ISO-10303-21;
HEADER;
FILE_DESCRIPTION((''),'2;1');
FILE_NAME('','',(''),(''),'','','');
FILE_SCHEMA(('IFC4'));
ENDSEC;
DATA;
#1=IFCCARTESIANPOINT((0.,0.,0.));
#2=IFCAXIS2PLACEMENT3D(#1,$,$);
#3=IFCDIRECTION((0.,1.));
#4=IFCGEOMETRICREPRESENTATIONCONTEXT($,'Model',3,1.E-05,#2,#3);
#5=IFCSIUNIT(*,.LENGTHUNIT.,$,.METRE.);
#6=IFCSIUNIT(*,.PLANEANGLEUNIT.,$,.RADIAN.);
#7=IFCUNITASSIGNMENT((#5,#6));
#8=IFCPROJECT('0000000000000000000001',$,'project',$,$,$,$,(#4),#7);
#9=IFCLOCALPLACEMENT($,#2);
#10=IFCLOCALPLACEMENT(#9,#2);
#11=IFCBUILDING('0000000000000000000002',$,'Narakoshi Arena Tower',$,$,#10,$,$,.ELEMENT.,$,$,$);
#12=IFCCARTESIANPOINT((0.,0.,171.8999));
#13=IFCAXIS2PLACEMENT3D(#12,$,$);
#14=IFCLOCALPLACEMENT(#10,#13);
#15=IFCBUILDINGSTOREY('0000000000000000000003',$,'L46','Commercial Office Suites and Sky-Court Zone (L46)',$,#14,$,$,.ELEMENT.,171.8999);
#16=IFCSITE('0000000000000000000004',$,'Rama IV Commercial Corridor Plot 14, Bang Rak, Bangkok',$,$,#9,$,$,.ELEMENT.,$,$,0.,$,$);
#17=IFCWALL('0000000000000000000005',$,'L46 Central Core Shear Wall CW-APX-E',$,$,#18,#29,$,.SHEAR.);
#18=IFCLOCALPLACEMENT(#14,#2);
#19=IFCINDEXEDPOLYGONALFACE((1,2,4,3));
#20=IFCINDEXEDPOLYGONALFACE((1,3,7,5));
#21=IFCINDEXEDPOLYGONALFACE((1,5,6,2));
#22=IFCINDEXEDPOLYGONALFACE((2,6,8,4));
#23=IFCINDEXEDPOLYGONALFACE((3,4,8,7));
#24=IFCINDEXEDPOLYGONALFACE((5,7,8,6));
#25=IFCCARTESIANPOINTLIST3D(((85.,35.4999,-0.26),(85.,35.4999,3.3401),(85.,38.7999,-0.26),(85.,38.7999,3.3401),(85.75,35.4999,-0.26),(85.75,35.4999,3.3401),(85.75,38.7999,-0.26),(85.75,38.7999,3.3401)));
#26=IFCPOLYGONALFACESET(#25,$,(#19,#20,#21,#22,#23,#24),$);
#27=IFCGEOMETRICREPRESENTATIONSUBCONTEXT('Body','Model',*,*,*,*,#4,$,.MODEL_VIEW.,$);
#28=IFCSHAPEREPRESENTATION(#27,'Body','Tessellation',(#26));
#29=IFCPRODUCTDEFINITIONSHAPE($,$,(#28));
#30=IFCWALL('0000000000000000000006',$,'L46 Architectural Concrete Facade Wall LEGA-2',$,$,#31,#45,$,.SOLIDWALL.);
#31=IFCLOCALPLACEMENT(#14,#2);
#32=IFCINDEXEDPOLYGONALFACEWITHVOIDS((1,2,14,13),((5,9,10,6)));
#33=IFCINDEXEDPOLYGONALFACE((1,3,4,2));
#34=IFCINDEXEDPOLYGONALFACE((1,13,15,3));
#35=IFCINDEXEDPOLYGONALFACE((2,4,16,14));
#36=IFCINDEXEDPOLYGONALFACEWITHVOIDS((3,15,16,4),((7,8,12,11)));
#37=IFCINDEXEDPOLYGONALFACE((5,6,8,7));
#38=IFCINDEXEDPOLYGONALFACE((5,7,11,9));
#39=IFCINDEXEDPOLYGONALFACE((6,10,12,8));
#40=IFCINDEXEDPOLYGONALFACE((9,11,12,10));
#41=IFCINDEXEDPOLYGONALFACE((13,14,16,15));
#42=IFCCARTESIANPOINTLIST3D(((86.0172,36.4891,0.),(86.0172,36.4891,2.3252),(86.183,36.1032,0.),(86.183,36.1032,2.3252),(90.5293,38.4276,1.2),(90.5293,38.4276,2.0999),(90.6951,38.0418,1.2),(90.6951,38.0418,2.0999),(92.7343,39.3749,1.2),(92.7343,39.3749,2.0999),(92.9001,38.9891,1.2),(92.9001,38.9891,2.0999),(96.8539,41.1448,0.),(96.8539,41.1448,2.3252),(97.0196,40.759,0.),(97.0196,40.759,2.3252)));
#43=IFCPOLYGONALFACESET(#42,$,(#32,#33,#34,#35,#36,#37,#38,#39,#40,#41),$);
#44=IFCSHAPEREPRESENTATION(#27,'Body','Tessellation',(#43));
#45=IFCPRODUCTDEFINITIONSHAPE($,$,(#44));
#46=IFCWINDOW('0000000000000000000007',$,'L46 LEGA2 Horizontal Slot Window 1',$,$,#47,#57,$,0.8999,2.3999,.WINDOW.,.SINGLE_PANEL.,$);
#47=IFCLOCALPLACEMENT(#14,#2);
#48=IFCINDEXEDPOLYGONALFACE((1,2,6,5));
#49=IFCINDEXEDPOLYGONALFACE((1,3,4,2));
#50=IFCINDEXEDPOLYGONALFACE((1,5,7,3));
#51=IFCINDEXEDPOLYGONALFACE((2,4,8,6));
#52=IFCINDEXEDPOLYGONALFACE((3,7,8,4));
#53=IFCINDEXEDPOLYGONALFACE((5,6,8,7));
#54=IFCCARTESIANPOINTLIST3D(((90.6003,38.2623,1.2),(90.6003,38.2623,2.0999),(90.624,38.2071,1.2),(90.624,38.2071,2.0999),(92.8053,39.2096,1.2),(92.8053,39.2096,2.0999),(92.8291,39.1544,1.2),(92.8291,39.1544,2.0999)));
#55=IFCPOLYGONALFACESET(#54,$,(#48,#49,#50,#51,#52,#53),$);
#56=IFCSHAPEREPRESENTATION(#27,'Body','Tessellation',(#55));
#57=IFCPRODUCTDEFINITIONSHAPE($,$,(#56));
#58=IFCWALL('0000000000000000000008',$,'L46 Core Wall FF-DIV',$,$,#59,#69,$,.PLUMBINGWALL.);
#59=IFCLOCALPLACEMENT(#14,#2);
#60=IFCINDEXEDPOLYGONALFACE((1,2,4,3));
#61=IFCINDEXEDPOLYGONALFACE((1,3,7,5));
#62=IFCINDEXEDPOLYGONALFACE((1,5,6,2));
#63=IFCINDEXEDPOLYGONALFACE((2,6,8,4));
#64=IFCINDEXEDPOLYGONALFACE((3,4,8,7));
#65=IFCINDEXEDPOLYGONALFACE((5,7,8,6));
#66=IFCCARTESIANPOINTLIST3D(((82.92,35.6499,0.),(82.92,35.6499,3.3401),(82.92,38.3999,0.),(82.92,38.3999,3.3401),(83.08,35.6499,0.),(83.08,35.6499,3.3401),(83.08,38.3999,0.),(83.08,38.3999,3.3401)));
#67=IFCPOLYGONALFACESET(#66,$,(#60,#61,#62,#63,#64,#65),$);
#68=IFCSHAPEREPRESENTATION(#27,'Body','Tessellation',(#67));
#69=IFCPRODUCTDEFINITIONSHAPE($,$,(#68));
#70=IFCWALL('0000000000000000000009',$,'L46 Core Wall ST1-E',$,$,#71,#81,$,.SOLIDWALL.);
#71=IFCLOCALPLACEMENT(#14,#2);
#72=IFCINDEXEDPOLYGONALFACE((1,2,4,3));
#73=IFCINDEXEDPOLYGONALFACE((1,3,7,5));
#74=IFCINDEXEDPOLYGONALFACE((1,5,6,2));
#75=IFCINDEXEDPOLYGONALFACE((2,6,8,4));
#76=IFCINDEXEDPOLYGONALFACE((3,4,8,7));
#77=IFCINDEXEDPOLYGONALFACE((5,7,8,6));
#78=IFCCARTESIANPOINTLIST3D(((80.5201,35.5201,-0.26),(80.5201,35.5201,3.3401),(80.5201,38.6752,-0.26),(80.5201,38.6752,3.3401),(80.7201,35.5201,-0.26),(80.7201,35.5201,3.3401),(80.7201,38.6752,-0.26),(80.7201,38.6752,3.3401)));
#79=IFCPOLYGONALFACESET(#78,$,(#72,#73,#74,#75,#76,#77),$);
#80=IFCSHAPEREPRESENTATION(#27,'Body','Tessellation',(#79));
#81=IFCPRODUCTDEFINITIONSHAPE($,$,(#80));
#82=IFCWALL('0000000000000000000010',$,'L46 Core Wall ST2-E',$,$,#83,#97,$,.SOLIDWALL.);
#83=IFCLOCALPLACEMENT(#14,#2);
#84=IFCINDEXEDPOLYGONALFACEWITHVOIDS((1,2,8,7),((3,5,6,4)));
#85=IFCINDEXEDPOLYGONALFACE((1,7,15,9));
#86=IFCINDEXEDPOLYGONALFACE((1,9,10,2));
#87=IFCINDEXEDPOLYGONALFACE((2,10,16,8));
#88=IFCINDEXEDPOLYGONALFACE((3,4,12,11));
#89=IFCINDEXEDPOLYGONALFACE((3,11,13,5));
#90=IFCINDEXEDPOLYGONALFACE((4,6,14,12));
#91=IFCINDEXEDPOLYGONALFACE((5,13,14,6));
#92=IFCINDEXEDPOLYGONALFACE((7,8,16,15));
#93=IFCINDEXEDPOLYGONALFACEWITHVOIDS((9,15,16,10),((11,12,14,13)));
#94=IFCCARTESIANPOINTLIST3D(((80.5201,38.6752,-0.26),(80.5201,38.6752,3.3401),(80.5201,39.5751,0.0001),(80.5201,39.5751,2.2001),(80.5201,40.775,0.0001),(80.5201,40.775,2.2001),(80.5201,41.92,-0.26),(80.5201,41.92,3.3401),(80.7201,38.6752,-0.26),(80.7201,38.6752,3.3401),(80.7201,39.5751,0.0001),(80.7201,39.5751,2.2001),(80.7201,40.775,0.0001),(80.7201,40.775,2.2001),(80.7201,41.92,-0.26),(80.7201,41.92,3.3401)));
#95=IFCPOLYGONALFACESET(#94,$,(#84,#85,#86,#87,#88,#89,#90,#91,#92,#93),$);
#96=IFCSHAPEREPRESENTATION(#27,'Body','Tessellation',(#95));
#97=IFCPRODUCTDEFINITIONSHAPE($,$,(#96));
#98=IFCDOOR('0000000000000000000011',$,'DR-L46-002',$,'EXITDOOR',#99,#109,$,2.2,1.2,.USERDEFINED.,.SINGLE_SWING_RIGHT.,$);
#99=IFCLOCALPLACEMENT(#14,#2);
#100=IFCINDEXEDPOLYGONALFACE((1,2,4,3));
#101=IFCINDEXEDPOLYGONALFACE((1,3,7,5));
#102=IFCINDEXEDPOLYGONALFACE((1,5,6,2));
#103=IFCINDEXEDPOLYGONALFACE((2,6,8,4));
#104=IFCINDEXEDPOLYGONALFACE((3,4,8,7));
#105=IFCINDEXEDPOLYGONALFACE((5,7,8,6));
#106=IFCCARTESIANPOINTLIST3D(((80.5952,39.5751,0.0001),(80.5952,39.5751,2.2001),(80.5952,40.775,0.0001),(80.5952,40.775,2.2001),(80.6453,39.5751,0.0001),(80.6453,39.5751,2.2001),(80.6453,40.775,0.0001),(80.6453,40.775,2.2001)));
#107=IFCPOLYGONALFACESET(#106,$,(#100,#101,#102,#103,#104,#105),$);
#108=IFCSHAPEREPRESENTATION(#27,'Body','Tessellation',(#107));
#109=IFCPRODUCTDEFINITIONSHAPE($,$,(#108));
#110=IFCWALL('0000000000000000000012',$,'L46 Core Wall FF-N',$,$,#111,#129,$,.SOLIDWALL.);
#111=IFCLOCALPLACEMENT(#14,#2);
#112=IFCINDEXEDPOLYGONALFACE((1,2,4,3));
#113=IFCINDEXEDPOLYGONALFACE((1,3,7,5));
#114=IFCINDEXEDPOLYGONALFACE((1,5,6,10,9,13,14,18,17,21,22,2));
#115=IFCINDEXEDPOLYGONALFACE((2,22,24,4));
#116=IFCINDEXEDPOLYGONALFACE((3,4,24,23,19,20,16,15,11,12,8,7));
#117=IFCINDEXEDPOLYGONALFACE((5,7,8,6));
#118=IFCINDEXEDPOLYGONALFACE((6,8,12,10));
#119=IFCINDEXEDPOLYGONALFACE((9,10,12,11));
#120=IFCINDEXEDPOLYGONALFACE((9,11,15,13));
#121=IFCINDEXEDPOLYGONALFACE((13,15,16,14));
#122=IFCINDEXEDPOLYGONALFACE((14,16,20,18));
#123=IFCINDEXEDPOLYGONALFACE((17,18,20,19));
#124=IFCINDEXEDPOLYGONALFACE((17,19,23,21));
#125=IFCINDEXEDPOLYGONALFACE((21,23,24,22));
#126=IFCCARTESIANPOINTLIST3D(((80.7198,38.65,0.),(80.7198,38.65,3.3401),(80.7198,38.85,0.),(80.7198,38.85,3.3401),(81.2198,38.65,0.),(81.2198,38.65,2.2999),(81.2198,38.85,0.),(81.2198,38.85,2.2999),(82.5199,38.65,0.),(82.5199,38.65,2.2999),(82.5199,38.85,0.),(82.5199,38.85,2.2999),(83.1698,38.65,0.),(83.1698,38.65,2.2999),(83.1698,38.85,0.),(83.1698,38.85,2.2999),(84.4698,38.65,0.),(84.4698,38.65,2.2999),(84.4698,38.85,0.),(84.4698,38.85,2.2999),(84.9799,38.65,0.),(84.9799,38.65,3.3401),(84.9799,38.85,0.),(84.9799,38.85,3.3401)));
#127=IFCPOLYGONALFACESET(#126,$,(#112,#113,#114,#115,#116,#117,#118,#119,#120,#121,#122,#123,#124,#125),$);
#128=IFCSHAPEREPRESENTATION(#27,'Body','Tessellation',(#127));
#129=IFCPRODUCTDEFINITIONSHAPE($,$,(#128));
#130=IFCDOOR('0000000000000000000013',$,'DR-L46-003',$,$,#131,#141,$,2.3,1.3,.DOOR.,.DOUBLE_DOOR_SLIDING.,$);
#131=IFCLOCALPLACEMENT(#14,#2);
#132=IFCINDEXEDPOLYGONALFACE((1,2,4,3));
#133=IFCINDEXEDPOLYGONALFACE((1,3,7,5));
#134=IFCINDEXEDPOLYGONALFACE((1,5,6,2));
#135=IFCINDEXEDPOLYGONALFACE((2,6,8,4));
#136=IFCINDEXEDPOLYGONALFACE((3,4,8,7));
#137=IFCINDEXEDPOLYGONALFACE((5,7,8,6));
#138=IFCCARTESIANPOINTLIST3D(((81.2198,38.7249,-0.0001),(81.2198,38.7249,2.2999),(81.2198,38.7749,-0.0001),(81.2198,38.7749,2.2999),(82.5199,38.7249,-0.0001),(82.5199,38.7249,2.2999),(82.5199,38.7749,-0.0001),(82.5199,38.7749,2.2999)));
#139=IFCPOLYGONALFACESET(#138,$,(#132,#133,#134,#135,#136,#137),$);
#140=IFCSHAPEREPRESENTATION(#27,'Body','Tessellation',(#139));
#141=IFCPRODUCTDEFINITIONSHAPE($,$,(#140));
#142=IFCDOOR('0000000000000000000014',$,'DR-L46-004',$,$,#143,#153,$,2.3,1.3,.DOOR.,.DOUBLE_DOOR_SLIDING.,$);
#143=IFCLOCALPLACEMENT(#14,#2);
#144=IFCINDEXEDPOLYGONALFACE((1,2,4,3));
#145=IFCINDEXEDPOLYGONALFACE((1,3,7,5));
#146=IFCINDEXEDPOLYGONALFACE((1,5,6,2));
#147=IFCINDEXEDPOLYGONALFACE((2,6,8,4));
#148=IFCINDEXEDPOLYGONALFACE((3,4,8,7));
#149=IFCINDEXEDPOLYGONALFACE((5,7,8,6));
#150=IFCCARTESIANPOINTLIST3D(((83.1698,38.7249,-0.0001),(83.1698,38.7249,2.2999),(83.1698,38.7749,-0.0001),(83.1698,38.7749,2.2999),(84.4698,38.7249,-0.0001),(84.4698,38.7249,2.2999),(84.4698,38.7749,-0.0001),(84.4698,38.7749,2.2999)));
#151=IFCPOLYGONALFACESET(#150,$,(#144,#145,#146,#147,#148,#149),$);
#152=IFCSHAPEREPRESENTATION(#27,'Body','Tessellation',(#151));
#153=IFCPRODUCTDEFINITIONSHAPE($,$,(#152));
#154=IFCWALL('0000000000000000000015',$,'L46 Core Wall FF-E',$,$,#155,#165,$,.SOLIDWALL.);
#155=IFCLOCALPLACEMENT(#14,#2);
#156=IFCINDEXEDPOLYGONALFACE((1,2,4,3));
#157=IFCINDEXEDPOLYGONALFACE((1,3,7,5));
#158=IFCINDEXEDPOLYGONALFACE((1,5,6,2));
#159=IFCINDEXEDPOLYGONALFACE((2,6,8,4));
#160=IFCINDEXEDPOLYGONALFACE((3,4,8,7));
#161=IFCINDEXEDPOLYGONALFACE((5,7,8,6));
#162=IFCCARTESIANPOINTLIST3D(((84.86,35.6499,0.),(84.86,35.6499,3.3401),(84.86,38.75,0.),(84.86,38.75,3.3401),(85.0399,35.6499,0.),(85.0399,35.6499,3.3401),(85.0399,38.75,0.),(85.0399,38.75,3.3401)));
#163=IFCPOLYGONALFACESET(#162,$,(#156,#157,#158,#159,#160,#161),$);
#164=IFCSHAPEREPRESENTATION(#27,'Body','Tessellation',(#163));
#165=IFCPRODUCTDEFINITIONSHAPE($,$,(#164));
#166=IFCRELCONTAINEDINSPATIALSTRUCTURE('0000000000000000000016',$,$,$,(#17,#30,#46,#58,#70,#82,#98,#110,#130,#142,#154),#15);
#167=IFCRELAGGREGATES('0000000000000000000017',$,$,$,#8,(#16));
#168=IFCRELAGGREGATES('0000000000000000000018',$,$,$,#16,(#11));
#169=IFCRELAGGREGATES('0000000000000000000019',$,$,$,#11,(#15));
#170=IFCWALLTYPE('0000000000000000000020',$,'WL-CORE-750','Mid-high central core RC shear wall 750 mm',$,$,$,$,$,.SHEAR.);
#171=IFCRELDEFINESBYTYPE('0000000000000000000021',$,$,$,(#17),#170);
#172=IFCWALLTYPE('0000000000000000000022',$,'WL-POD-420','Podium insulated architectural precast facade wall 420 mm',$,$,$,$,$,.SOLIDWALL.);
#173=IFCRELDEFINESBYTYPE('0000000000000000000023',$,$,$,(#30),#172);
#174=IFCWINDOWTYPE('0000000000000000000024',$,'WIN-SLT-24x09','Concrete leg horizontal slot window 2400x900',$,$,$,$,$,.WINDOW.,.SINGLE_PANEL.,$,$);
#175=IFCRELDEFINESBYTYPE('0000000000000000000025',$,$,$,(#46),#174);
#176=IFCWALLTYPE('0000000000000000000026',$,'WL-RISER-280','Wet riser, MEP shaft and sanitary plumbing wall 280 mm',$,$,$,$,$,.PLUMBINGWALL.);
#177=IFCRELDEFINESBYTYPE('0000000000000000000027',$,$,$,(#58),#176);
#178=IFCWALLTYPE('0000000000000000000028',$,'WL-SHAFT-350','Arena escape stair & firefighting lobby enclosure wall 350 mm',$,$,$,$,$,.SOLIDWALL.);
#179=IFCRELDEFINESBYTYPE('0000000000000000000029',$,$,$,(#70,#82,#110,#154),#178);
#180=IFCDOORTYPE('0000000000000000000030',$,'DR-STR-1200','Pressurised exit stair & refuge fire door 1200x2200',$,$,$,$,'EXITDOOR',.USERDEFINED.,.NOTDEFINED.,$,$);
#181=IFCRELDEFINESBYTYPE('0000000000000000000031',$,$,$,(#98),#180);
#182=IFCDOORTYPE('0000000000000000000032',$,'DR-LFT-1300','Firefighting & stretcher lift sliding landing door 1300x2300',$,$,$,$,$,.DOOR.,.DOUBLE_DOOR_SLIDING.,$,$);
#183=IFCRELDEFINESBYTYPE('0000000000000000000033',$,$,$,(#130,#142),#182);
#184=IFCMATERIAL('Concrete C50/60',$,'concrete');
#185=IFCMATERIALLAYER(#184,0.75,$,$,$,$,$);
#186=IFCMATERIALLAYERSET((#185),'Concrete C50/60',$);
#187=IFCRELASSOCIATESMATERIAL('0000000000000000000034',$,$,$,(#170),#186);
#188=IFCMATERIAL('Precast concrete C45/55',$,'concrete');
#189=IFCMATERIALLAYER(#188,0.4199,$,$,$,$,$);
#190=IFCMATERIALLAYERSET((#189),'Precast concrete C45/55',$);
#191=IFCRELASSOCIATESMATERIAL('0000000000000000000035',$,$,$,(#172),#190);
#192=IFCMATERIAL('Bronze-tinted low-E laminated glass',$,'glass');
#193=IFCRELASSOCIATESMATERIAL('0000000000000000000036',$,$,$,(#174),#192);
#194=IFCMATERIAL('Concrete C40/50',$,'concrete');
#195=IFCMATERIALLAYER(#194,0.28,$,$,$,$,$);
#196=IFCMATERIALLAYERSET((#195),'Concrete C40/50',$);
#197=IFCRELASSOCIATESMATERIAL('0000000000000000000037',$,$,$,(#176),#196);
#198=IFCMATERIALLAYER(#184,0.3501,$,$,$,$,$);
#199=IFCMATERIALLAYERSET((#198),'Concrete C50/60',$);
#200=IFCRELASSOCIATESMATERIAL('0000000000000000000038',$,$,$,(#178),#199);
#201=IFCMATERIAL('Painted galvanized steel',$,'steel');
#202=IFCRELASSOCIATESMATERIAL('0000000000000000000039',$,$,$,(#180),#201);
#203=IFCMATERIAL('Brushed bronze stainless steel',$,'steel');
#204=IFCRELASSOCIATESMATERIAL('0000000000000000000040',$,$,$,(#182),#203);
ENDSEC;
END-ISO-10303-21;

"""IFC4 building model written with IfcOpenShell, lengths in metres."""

from ifc_helpers import new_model, si_unit, direction, frame, frame_2d, origin, place, context, subcontext, project, spatial, rectangle, extrude, material, layer, layer_set, type_object, element, fill, save


model = new_model("IFC4")

# Units and contexts
model_context = context("Model", 3, precision=1e-05, world=origin(), true_north=direction((0.0, 1.0)))
body_context = subcontext(model_context, "Body", "Model", "MODEL_VIEW")
ifc_project = project(units=[si_unit("LENGTHUNIT", "METRE"), si_unit("PLANEANGLEUNIT", "RADIAN")], contexts=[model_context])

# Site, building, storey
site_placement = place(None, origin())
site = spatial("IfcSite", under=ifc_project, at=site_placement, Name="Rama IV Commercial Corridor Plot 14, Bang Rak, Bangkok", CompositionType="ELEMENT", RefElevation=0.0)
building_placement = place(site_placement, origin())
building = spatial("IfcBuilding", under=site, at=building_placement, Name="Narakoshi Arena Tower", CompositionType="ELEMENT")
storey_placement = place(building_placement, frame((0.0, 0.0, 171.8999)))
storey = spatial("IfcBuildingStorey", under=building, at=storey_placement, Name="L46", Description="Commercial Office Suites and Sky-Court Zone (L46)", CompositionType="ELEMENT", Elevation=171.8999)

# Wall
ifc_material_1 = material(Name="Concrete C50/60", Category="concrete")
ifc_layer_1 = layer(ifc_material_1, 0.75)
ifc_layer_set_1 = layer_set([ifc_layer_1], Name="Concrete C50/60")
wall_type_1 = type_object("IfcWallType", Name="WL-CORE-750", Description="Mid-high central core RC shear wall 750 mm", PredefinedType="SHEAR", material=ifc_layer_set_1)
wall_1_placement = place(storey_placement, frame((85.375, 35.5, -0.26), z_axis=(0.0, 0.0, 1.0), x_axis=(0.0, 1.0, 0.0)))
element("IfcWall", 1, at=wall_1_placement, inside=storey, type_object=wall_type_1, Name="L46 Central Core Shear Wall CW-APX-E", PredefinedType="SHEAR", context=body_context, shape_type="SweptSolid", body=[
    extrude(rectangle(XDim=3.3, YDim=0.75, at=frame_2d((1.6499, 0.0))), origin(), (0.0, 0.0, 1.0), 3.6001),
])

# Wall, opening, window
ifc_material_2 = material(Name="Precast concrete C45/55", Category="concrete")
ifc_layer_2 = layer(ifc_material_2, 0.4199)
ifc_layer_set_2 = layer_set([ifc_layer_2], Name="Precast concrete C45/55")
wall_type_2 = type_object("IfcWallType", Name="WL-POD-420", Description="Podium insulated architectural precast facade wall 420 mm", PredefinedType="SOLIDWALL", material=ifc_layer_set_2)
wall_2_placement = place(storey_placement, frame((86.1001, 36.2961, 0.0), z_axis=(0.0, 0.0, 1.0), x_axis=(0.918792, 0.394741, 0.0)))
wall_2 = element("IfcWall", 2, at=wall_2_placement, inside=storey, type_object=wall_type_2, Name="L46 Architectural Concrete Facade Wall LEGA-2", PredefinedType="SOLIDWALL", context=body_context, shape_type="SweptSolid", body=[
    extrude(rectangle(XDim=11.7944, YDim=0.4199, at=frame_2d((5.8972, 0.0))), origin(), (0.0, 0.0, 1.0), 2.3252),
])
opening_1_placement = place(wall_2_placement, frame((4.9109, 0.0, 1.2)))
opening_1 = element("IfcOpeningElement", 3, at=opening_1_placement, cuts=wall_2, PredefinedType="OPENING", context=body_context, shape_type="SweptSolid", body=[
    extrude(rectangle(XDim=2.3999, YDim=0.8999, at=frame_2d((1.2, 0.45))), frame((0.0, 0.22, 0.0), z_axis=(0.0, -1.0, 0.0), x_axis=(1.0, 0.0, 0.0)), (0.0, 0.0, 1.0), 0.4399),
])
ifc_material_3 = material(Name="Bronze-tinted low-E laminated glass", Category="glass")
window_type = type_object("IfcWindowType", Name="WIN-SLT-24x09", Description="Concrete leg horizontal slot window 2400x900", PartitioningType="SINGLE_PANEL", PredefinedType="WINDOW", material=ifc_material_3)
window_placement = place(opening_1_placement, origin())
window = element("IfcWindow", 4, at=window_placement, inside=storey, type_object=window_type, Name="L46 LEGA2 Horizontal Slot Window 1", OverallHeight=0.8999, OverallWidth=2.3999, PartitioningType="SINGLE_PANEL", PredefinedType="WINDOW", context=body_context, shape_type="SweptSolid", body=[
    extrude(rectangle(XDim=2.3999, YDim=0.8999, at=frame_2d((1.2, 0.45))), frame((0.0, 0.03, 0.0), z_axis=(0.0, -1.0, 0.0), x_axis=(1.0, 0.0, 0.0)), (0.0, 0.0, 1.0), 0.0601),
])
fill(opening_1, window)

# Walls
ifc_material_4 = material(Name="Concrete C40/50", Category="concrete")
ifc_layer_3 = layer(ifc_material_4, 0.28)
ifc_layer_set_3 = layer_set([ifc_layer_3], Name="Concrete C40/50")
wall_type_3 = type_object("IfcWallType", Name="WL-RISER-280", Description="Wet riser, MEP shaft and sanitary plumbing wall 280 mm", PredefinedType="PLUMBINGWALL", material=ifc_layer_set_3)
wall_3_placement = place(storey_placement, frame((83.0, 35.6499, 0.0), z_axis=(0.0, 0.0, 1.0), x_axis=(0.0, 1.0, 0.0)))
element("IfcWall", 5, at=wall_3_placement, inside=storey, type_object=wall_type_3, Name="L46 Core Wall FF-DIV", PredefinedType="PLUMBINGWALL", context=body_context, shape_type="SweptSolid", body=[
    extrude(rectangle(XDim=2.75, YDim=0.1599, at=frame_2d((1.375, 0.0))), origin(), (0.0, 0.0, 1.0), 3.3401),
])
ifc_layer_4 = layer(ifc_material_1, 0.3501)
ifc_layer_set_4 = layer_set([ifc_layer_4], Name="Concrete C50/60")
wall_type_4 = type_object("IfcWallType", Name="WL-SHAFT-350", Description="Arena escape stair & firefighting lobby enclosure wall 350 mm", PredefinedType="SOLIDWALL", material=ifc_layer_set_4)
wall_4_placement = place(storey_placement, frame((80.6201, 35.52, -0.26), z_axis=(0.0, 0.0, 1.0), x_axis=(0.0, 1.0, 0.0)))
element("IfcWall", 6, at=wall_4_placement, inside=storey, type_object=wall_type_4, Name="L46 Core Wall ST1-E", PredefinedType="SOLIDWALL", context=body_context, shape_type="SweptSolid", body=[
    extrude(rectangle(XDim=3.155, YDim=0.2, at=frame_2d((1.5776, 0.0))), origin(), (0.0, 0.0, 1.0), 3.6001),
])

# Wall, opening, door
wall_5_placement = place(storey_placement, frame((80.6201, 38.675, -0.26), z_axis=(0.0, 0.0, 1.0), x_axis=(0.0, 1.0, 0.0)))
wall_5 = element("IfcWall", 7, at=wall_5_placement, inside=storey, type_object=wall_type_4, Name="L46 Core Wall ST2-E", PredefinedType="SOLIDWALL", context=body_context, shape_type="SweptSolid", body=[
    extrude(rectangle(XDim=3.2449, YDim=0.2, at=frame_2d((1.6226, 0.0))), origin(), (0.0, 0.0, 1.0), 3.6001),
])
opening_2_placement = place(wall_5_placement, frame((0.8999, 0.0, 0.26)))
opening_2 = element("IfcOpeningElement", 8, at=opening_2_placement, cuts=wall_5, PredefinedType="OPENING", context=body_context, shape_type="SweptSolid", body=[
    extrude(rectangle(XDim=1.2, YDim=2.2, at=frame_2d((0.6001, 1.1001))), frame((0.0, 0.1099, 0.0), z_axis=(0.0, -1.0, 0.0), x_axis=(1.0, 0.0, 0.0)), (0.0, 0.0, 1.0), 0.22),
])
ifc_material_5 = material(Name="Painted galvanized steel", Category="steel")
door_type_1 = type_object("IfcDoorType", Name="DR-STR-1200", Description="Pressurised exit stair & refuge fire door 1200x2200", ElementType="EXITDOOR", OperationType="NOTDEFINED", PredefinedType="USERDEFINED", material=ifc_material_5)
door_1_placement = place(opening_2_placement, origin())
door_1 = element("IfcDoor", 9, at=door_1_placement, inside=storey, type_object=door_type_1, Name="DR-L46-002", ObjectType="EXITDOOR", OperationType="SINGLE_SWING_RIGHT", OverallHeight=2.2, OverallWidth=1.2, PredefinedType="USERDEFINED", context=body_context, shape_type="SweptSolid", body=[
    extrude(rectangle(XDim=1.2, YDim=2.2, at=frame_2d((0.6001, 1.1001))), frame((0.0, 0.0249, 0.0), z_axis=(0.0, -1.0, 0.0), x_axis=(1.0, 0.0, 0.0)), (0.0, 0.0, 1.0), 0.05),
])
fill(opening_2, door_1)

# Wall, openings, doors
wall_6_placement = place(storey_placement, frame((80.72, 38.75, 0.0), z_axis=(0.0, 0.0, 1.0), x_axis=(1.0, 0.0, 0.0)))
wall_6 = element("IfcWall", 10, at=wall_6_placement, inside=storey, type_object=wall_type_4, Name="L46 Core Wall FF-N", PredefinedType="SOLIDWALL", context=body_context, shape_type="SweptSolid", body=[
    extrude(rectangle(XDim=4.26, YDim=0.2, at=frame_2d((2.1299, 0.0))), origin(), (0.0, 0.0, 1.0), 3.3401),
])
opening_3_placement = place(wall_6_placement, frame((0.5, 0.0, 0.0)))
opening_3 = element("IfcOpeningElement", 11, at=opening_3_placement, cuts=wall_6, PredefinedType="OPENING", context=body_context, shape_type="SweptSolid", body=[
    extrude(rectangle(XDim=1.3, YDim=2.3, at=frame_2d((0.6499, 1.1499))), frame((0.0, 0.1099, 0.0), z_axis=(0.0, -1.0, 0.0), x_axis=(1.0, 0.0, 0.0)), (0.0, 0.0, 1.0), 0.22),
])
opening_4_placement = place(wall_6_placement, frame((2.45, 0.0, 0.0)))
opening_4 = element("IfcOpeningElement", 12, at=opening_4_placement, cuts=wall_6, PredefinedType="OPENING", context=body_context, shape_type="SweptSolid", body=[
    extrude(rectangle(XDim=1.3, YDim=2.3, at=frame_2d((0.6499, 1.1499))), frame((0.0, 0.1099, 0.0), z_axis=(0.0, -1.0, 0.0), x_axis=(1.0, 0.0, 0.0)), (0.0, 0.0, 1.0), 0.22),
])
ifc_material_6 = material(Name="Brushed bronze stainless steel", Category="steel")
door_type_2 = type_object("IfcDoorType", Name="DR-LFT-1300", Description="Firefighting & stretcher lift sliding landing door 1300x2300", OperationType="DOUBLE_DOOR_SLIDING", PredefinedType="DOOR", material=ifc_material_6)
door_2_placement = place(opening_3_placement, origin())
door_2 = element("IfcDoor", 13, at=door_2_placement, inside=storey, type_object=door_type_2, Name="DR-L46-003", OperationType="DOUBLE_DOOR_SLIDING", OverallHeight=2.3, OverallWidth=1.3, PredefinedType="DOOR", context=body_context, shape_type="SweptSolid", body=[
    extrude(rectangle(XDim=1.3, YDim=2.3, at=frame_2d((0.6499, 1.1499))), frame((0.0, 0.0249, 0.0), z_axis=(0.0, -1.0, 0.0), x_axis=(1.0, 0.0, 0.0)), (0.0, 0.0, 1.0), 0.05),
])
fill(opening_3, door_2)
door_3_placement = place(opening_4_placement, origin())
door_3 = element("IfcDoor", 14, at=door_3_placement, inside=storey, type_object=door_type_2, Name="DR-L46-004", OperationType="DOUBLE_DOOR_SLIDING", OverallHeight=2.3, OverallWidth=1.3, PredefinedType="DOOR", context=body_context, shape_type="SweptSolid", body=[
    extrude(rectangle(XDim=1.3, YDim=2.3, at=frame_2d((0.6499, 1.1499))), frame((0.0, 0.0249, 0.0), z_axis=(0.0, -1.0, 0.0), x_axis=(1.0, 0.0, 0.0)), (0.0, 0.0, 1.0), 0.05),
])
fill(opening_4, door_3)

# Wall
for number, where, z_axis, x_axis, name in (
    (15, (84.95, 35.6499, 0.0), (0.0, 0.0, 1.0), (0.0, 1.0, 0.0), "L46 Core Wall FF-E"),
):
    element("IfcWall", number, at=place(storey_placement, frame(where, z_axis=z_axis, x_axis=x_axis)), inside=storey, type_object=wall_type_4, Name=name, PredefinedType="SOLIDWALL", context=body_context, shape_type="SweptSolid", body=[
        extrude(rectangle(XDim=3.1001, YDim=0.1799, at=frame_2d((1.55, 0.0))), origin(), (0.0, 0.0, 1.0), 3.3401),
    ])

save(model, "model.ifc")
